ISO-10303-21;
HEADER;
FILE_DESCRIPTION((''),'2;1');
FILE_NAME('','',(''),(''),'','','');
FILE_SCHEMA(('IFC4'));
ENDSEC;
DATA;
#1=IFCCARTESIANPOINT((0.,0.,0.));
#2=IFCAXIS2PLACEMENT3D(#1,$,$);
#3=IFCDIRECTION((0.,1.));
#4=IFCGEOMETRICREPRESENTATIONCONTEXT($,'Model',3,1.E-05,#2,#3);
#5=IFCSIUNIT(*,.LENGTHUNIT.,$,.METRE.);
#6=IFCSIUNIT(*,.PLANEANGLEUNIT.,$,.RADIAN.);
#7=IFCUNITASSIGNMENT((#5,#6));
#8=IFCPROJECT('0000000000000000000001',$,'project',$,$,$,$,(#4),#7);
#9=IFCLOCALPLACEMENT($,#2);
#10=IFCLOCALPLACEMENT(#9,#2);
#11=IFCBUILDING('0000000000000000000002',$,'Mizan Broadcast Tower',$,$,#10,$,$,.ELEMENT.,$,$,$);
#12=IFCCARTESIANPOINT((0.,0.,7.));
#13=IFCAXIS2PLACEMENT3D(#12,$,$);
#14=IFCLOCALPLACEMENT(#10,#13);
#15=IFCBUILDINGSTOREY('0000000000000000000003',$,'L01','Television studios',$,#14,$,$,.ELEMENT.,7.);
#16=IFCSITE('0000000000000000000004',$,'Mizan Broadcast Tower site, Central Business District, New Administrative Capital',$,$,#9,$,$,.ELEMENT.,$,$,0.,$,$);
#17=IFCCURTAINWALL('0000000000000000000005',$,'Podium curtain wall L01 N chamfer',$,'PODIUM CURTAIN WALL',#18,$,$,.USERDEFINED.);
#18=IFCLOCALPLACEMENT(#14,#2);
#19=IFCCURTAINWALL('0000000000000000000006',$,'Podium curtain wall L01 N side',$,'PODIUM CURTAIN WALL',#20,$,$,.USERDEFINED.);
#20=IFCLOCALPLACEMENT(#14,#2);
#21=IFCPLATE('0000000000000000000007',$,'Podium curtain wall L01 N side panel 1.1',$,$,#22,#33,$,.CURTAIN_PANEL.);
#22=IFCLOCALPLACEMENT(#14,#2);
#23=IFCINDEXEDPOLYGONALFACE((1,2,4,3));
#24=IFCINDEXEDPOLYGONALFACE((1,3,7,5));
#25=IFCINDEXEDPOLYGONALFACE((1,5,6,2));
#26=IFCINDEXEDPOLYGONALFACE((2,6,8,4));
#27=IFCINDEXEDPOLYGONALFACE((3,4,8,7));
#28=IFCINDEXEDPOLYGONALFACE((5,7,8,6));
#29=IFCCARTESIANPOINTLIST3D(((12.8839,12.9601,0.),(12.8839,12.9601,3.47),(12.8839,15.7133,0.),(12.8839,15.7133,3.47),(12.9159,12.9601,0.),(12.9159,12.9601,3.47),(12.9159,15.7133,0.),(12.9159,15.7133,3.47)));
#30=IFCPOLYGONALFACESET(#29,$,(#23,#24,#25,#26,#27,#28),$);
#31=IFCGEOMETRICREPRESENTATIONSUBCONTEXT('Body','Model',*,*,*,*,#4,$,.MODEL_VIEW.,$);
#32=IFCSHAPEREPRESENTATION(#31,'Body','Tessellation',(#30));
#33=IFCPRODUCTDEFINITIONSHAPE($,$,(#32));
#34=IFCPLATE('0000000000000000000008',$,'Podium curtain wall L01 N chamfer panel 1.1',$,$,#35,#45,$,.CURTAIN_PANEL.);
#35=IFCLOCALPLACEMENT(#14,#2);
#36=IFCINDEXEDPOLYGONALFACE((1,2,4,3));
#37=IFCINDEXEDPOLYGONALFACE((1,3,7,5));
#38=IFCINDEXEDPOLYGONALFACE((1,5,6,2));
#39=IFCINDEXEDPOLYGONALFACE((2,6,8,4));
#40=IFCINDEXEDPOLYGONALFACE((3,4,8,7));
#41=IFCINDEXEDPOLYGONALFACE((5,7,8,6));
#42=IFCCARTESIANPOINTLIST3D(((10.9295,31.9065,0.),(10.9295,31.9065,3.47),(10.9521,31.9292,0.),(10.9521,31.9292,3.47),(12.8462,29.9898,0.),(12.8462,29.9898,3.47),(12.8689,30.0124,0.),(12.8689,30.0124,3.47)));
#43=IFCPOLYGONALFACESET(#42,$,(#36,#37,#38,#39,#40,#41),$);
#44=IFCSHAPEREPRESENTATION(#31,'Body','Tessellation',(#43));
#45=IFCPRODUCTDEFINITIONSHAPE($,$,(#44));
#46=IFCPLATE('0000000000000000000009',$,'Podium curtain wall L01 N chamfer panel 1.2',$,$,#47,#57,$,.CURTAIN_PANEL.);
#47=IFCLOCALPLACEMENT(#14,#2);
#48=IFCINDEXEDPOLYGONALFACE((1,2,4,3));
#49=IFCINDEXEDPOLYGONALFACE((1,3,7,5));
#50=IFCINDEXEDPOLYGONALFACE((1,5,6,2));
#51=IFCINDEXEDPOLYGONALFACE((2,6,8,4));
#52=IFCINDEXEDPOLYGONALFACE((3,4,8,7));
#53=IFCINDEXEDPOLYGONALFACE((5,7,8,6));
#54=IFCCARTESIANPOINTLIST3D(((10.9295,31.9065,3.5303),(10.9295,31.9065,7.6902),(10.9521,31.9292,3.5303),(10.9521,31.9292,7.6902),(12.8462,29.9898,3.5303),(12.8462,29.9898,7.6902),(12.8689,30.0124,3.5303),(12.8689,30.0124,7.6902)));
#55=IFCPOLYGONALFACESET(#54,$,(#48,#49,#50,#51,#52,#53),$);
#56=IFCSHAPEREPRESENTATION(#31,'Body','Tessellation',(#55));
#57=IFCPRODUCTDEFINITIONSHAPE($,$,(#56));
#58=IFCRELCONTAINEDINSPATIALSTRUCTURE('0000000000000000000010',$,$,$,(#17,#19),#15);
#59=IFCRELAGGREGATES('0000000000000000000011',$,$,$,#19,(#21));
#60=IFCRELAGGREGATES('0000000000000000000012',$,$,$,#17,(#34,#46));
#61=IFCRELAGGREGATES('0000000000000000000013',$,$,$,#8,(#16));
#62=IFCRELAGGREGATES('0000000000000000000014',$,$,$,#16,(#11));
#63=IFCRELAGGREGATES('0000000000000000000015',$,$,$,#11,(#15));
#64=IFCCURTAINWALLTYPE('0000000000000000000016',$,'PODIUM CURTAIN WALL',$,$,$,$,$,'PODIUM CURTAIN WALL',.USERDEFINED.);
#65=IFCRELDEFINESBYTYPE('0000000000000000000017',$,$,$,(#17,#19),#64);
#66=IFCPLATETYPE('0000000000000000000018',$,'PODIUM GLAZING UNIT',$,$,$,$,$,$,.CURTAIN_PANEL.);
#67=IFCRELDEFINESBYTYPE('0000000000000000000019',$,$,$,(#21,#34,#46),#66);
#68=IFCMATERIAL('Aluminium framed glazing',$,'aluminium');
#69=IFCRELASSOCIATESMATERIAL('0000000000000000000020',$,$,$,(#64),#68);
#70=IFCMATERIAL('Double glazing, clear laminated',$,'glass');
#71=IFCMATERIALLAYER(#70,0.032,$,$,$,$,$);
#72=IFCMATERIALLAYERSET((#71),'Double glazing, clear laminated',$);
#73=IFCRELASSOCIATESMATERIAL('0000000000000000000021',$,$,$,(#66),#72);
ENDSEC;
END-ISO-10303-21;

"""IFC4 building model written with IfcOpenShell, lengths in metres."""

from ifc_helpers import new_model, si_unit, direction, frame, origin, origin_2d, place, context, subcontext, project, spatial, rectangle, extrude, material, layer, layer_set, type_object, element, aggregate, save


model = new_model("IFC4")

# Units and contexts
model_context = context("Model", 3, precision=1e-05, world=origin(), true_north=direction((0.0, 1.0)))
body_context = subcontext(model_context, "Body", "Model", "MODEL_VIEW")
ifc_project = project(units=[si_unit("LENGTHUNIT", "METRE"), si_unit("PLANEANGLEUNIT", "RADIAN")], contexts=[model_context])

# Site, building, storey
site_placement = place(None, origin())
site = spatial("IfcSite", under=ifc_project, at=site_placement, Name="Mizan Broadcast Tower site, Central Business District, New Administrative Capital", CompositionType="ELEMENT", RefElevation=0.0)
building_placement = place(site_placement, origin())
building = spatial("IfcBuilding", under=site, at=building_placement, Name="Mizan Broadcast Tower", CompositionType="ELEMENT")
storey_placement = place(building_placement, frame((0.0, 0.0, 7.0)))
storey = spatial("IfcBuildingStorey", under=building, at=storey_placement, Name="L01", Description="Television studios", CompositionType="ELEMENT", Elevation=7.0)

# Curtain wall
ifc_material_1 = material(Name="Aluminium framed glazing", Category="aluminium")
curtain_wall_type = type_object("IfcCurtainWallType", Name="PODIUM CURTAIN WALL", ElementType="PODIUM CURTAIN WALL", PredefinedType="USERDEFINED", material=ifc_material_1)
curtain_wall_1_placement = place(storey_placement, origin())
curtain_wall_1 = element("IfcCurtainWall", 1, at=curtain_wall_1_placement, inside=storey, type_object=curtain_wall_type, Name="Podium curtain wall L01 N chamfer", ObjectType="PODIUM CURTAIN WALL", PredefinedType="USERDEFINED")

# Curtain wall
curtain_wall_2_placement = place(storey_placement, origin())
curtain_wall_2 = element("IfcCurtainWall", 2, at=curtain_wall_2_placement, inside=storey, type_object=curtain_wall_type, Name="Podium curtain wall L01 N side", ObjectType="PODIUM CURTAIN WALL", PredefinedType="USERDEFINED")

# Plates
ifc_material_2 = material(Name="Double glazing, clear laminated", Category="glass")
ifc_layer = layer(ifc_material_2, 0.032)
ifc_layer_set = layer_set([ifc_layer], Name="Double glazing, clear laminated")
plate_type = type_object("IfcPlateType", Name="PODIUM GLAZING UNIT", PredefinedType="CURTAIN_PANEL", material=ifc_layer_set)
plate_1_placement = place(storey_placement, frame((12.8999, 14.3367, 0.0), z_axis=(0.0, 0.0, 1.0), x_axis=(0.0, 1.0, 0.0)))
plate_1 = element("IfcPlate", 3, at=plate_1_placement, type_object=plate_type, Name="Podium curtain wall L01 N side panel 1.1", PredefinedType="CURTAIN_PANEL", context=body_context, shape_type="SweptSolid", body=[
    extrude(rectangle(XDim=2.7532, YDim=0.032, at=origin_2d()), origin(), (0.0, 0.0, 1.0), 3.47),
])
aggregate(curtain_wall_2, [plate_1])
plate_2_placement = place(storey_placement, frame((11.8992, 30.9595, 0.0), z_axis=(0.0, 0.0, 1.0), x_axis=(-0.707107, 0.707107, 0.0)))
plate_2 = element("IfcPlate", 4, at=plate_2_placement, type_object=plate_type, Name="Podium curtain wall L01 N chamfer panel 1.1", PredefinedType="CURTAIN_PANEL", context=body_context, shape_type="SweptSolid", body=[
    extrude(rectangle(XDim=2.7107, YDim=0.032, at=origin_2d()), origin(), (0.0, 0.0, 1.0), 3.47),
])
plate_3_placement = place(storey_placement, frame((11.8992, 30.9595, 3.5303), z_axis=(0.0, 0.0, 1.0), x_axis=(-0.707107, 0.707107, 0.0)))
plate_3 = element("IfcPlate", 5, at=plate_3_placement, type_object=plate_type, Name="Podium curtain wall L01 N chamfer panel 1.2", PredefinedType="CURTAIN_PANEL", context=body_context, shape_type="SweptSolid", body=[
    extrude(rectangle(XDim=2.7107, YDim=0.032, at=origin_2d()), origin(), (0.0, 0.0, 1.0), 4.1599),
])
aggregate(curtain_wall_1, [plate_2, plate_3])

save(model, "model.ifc")
